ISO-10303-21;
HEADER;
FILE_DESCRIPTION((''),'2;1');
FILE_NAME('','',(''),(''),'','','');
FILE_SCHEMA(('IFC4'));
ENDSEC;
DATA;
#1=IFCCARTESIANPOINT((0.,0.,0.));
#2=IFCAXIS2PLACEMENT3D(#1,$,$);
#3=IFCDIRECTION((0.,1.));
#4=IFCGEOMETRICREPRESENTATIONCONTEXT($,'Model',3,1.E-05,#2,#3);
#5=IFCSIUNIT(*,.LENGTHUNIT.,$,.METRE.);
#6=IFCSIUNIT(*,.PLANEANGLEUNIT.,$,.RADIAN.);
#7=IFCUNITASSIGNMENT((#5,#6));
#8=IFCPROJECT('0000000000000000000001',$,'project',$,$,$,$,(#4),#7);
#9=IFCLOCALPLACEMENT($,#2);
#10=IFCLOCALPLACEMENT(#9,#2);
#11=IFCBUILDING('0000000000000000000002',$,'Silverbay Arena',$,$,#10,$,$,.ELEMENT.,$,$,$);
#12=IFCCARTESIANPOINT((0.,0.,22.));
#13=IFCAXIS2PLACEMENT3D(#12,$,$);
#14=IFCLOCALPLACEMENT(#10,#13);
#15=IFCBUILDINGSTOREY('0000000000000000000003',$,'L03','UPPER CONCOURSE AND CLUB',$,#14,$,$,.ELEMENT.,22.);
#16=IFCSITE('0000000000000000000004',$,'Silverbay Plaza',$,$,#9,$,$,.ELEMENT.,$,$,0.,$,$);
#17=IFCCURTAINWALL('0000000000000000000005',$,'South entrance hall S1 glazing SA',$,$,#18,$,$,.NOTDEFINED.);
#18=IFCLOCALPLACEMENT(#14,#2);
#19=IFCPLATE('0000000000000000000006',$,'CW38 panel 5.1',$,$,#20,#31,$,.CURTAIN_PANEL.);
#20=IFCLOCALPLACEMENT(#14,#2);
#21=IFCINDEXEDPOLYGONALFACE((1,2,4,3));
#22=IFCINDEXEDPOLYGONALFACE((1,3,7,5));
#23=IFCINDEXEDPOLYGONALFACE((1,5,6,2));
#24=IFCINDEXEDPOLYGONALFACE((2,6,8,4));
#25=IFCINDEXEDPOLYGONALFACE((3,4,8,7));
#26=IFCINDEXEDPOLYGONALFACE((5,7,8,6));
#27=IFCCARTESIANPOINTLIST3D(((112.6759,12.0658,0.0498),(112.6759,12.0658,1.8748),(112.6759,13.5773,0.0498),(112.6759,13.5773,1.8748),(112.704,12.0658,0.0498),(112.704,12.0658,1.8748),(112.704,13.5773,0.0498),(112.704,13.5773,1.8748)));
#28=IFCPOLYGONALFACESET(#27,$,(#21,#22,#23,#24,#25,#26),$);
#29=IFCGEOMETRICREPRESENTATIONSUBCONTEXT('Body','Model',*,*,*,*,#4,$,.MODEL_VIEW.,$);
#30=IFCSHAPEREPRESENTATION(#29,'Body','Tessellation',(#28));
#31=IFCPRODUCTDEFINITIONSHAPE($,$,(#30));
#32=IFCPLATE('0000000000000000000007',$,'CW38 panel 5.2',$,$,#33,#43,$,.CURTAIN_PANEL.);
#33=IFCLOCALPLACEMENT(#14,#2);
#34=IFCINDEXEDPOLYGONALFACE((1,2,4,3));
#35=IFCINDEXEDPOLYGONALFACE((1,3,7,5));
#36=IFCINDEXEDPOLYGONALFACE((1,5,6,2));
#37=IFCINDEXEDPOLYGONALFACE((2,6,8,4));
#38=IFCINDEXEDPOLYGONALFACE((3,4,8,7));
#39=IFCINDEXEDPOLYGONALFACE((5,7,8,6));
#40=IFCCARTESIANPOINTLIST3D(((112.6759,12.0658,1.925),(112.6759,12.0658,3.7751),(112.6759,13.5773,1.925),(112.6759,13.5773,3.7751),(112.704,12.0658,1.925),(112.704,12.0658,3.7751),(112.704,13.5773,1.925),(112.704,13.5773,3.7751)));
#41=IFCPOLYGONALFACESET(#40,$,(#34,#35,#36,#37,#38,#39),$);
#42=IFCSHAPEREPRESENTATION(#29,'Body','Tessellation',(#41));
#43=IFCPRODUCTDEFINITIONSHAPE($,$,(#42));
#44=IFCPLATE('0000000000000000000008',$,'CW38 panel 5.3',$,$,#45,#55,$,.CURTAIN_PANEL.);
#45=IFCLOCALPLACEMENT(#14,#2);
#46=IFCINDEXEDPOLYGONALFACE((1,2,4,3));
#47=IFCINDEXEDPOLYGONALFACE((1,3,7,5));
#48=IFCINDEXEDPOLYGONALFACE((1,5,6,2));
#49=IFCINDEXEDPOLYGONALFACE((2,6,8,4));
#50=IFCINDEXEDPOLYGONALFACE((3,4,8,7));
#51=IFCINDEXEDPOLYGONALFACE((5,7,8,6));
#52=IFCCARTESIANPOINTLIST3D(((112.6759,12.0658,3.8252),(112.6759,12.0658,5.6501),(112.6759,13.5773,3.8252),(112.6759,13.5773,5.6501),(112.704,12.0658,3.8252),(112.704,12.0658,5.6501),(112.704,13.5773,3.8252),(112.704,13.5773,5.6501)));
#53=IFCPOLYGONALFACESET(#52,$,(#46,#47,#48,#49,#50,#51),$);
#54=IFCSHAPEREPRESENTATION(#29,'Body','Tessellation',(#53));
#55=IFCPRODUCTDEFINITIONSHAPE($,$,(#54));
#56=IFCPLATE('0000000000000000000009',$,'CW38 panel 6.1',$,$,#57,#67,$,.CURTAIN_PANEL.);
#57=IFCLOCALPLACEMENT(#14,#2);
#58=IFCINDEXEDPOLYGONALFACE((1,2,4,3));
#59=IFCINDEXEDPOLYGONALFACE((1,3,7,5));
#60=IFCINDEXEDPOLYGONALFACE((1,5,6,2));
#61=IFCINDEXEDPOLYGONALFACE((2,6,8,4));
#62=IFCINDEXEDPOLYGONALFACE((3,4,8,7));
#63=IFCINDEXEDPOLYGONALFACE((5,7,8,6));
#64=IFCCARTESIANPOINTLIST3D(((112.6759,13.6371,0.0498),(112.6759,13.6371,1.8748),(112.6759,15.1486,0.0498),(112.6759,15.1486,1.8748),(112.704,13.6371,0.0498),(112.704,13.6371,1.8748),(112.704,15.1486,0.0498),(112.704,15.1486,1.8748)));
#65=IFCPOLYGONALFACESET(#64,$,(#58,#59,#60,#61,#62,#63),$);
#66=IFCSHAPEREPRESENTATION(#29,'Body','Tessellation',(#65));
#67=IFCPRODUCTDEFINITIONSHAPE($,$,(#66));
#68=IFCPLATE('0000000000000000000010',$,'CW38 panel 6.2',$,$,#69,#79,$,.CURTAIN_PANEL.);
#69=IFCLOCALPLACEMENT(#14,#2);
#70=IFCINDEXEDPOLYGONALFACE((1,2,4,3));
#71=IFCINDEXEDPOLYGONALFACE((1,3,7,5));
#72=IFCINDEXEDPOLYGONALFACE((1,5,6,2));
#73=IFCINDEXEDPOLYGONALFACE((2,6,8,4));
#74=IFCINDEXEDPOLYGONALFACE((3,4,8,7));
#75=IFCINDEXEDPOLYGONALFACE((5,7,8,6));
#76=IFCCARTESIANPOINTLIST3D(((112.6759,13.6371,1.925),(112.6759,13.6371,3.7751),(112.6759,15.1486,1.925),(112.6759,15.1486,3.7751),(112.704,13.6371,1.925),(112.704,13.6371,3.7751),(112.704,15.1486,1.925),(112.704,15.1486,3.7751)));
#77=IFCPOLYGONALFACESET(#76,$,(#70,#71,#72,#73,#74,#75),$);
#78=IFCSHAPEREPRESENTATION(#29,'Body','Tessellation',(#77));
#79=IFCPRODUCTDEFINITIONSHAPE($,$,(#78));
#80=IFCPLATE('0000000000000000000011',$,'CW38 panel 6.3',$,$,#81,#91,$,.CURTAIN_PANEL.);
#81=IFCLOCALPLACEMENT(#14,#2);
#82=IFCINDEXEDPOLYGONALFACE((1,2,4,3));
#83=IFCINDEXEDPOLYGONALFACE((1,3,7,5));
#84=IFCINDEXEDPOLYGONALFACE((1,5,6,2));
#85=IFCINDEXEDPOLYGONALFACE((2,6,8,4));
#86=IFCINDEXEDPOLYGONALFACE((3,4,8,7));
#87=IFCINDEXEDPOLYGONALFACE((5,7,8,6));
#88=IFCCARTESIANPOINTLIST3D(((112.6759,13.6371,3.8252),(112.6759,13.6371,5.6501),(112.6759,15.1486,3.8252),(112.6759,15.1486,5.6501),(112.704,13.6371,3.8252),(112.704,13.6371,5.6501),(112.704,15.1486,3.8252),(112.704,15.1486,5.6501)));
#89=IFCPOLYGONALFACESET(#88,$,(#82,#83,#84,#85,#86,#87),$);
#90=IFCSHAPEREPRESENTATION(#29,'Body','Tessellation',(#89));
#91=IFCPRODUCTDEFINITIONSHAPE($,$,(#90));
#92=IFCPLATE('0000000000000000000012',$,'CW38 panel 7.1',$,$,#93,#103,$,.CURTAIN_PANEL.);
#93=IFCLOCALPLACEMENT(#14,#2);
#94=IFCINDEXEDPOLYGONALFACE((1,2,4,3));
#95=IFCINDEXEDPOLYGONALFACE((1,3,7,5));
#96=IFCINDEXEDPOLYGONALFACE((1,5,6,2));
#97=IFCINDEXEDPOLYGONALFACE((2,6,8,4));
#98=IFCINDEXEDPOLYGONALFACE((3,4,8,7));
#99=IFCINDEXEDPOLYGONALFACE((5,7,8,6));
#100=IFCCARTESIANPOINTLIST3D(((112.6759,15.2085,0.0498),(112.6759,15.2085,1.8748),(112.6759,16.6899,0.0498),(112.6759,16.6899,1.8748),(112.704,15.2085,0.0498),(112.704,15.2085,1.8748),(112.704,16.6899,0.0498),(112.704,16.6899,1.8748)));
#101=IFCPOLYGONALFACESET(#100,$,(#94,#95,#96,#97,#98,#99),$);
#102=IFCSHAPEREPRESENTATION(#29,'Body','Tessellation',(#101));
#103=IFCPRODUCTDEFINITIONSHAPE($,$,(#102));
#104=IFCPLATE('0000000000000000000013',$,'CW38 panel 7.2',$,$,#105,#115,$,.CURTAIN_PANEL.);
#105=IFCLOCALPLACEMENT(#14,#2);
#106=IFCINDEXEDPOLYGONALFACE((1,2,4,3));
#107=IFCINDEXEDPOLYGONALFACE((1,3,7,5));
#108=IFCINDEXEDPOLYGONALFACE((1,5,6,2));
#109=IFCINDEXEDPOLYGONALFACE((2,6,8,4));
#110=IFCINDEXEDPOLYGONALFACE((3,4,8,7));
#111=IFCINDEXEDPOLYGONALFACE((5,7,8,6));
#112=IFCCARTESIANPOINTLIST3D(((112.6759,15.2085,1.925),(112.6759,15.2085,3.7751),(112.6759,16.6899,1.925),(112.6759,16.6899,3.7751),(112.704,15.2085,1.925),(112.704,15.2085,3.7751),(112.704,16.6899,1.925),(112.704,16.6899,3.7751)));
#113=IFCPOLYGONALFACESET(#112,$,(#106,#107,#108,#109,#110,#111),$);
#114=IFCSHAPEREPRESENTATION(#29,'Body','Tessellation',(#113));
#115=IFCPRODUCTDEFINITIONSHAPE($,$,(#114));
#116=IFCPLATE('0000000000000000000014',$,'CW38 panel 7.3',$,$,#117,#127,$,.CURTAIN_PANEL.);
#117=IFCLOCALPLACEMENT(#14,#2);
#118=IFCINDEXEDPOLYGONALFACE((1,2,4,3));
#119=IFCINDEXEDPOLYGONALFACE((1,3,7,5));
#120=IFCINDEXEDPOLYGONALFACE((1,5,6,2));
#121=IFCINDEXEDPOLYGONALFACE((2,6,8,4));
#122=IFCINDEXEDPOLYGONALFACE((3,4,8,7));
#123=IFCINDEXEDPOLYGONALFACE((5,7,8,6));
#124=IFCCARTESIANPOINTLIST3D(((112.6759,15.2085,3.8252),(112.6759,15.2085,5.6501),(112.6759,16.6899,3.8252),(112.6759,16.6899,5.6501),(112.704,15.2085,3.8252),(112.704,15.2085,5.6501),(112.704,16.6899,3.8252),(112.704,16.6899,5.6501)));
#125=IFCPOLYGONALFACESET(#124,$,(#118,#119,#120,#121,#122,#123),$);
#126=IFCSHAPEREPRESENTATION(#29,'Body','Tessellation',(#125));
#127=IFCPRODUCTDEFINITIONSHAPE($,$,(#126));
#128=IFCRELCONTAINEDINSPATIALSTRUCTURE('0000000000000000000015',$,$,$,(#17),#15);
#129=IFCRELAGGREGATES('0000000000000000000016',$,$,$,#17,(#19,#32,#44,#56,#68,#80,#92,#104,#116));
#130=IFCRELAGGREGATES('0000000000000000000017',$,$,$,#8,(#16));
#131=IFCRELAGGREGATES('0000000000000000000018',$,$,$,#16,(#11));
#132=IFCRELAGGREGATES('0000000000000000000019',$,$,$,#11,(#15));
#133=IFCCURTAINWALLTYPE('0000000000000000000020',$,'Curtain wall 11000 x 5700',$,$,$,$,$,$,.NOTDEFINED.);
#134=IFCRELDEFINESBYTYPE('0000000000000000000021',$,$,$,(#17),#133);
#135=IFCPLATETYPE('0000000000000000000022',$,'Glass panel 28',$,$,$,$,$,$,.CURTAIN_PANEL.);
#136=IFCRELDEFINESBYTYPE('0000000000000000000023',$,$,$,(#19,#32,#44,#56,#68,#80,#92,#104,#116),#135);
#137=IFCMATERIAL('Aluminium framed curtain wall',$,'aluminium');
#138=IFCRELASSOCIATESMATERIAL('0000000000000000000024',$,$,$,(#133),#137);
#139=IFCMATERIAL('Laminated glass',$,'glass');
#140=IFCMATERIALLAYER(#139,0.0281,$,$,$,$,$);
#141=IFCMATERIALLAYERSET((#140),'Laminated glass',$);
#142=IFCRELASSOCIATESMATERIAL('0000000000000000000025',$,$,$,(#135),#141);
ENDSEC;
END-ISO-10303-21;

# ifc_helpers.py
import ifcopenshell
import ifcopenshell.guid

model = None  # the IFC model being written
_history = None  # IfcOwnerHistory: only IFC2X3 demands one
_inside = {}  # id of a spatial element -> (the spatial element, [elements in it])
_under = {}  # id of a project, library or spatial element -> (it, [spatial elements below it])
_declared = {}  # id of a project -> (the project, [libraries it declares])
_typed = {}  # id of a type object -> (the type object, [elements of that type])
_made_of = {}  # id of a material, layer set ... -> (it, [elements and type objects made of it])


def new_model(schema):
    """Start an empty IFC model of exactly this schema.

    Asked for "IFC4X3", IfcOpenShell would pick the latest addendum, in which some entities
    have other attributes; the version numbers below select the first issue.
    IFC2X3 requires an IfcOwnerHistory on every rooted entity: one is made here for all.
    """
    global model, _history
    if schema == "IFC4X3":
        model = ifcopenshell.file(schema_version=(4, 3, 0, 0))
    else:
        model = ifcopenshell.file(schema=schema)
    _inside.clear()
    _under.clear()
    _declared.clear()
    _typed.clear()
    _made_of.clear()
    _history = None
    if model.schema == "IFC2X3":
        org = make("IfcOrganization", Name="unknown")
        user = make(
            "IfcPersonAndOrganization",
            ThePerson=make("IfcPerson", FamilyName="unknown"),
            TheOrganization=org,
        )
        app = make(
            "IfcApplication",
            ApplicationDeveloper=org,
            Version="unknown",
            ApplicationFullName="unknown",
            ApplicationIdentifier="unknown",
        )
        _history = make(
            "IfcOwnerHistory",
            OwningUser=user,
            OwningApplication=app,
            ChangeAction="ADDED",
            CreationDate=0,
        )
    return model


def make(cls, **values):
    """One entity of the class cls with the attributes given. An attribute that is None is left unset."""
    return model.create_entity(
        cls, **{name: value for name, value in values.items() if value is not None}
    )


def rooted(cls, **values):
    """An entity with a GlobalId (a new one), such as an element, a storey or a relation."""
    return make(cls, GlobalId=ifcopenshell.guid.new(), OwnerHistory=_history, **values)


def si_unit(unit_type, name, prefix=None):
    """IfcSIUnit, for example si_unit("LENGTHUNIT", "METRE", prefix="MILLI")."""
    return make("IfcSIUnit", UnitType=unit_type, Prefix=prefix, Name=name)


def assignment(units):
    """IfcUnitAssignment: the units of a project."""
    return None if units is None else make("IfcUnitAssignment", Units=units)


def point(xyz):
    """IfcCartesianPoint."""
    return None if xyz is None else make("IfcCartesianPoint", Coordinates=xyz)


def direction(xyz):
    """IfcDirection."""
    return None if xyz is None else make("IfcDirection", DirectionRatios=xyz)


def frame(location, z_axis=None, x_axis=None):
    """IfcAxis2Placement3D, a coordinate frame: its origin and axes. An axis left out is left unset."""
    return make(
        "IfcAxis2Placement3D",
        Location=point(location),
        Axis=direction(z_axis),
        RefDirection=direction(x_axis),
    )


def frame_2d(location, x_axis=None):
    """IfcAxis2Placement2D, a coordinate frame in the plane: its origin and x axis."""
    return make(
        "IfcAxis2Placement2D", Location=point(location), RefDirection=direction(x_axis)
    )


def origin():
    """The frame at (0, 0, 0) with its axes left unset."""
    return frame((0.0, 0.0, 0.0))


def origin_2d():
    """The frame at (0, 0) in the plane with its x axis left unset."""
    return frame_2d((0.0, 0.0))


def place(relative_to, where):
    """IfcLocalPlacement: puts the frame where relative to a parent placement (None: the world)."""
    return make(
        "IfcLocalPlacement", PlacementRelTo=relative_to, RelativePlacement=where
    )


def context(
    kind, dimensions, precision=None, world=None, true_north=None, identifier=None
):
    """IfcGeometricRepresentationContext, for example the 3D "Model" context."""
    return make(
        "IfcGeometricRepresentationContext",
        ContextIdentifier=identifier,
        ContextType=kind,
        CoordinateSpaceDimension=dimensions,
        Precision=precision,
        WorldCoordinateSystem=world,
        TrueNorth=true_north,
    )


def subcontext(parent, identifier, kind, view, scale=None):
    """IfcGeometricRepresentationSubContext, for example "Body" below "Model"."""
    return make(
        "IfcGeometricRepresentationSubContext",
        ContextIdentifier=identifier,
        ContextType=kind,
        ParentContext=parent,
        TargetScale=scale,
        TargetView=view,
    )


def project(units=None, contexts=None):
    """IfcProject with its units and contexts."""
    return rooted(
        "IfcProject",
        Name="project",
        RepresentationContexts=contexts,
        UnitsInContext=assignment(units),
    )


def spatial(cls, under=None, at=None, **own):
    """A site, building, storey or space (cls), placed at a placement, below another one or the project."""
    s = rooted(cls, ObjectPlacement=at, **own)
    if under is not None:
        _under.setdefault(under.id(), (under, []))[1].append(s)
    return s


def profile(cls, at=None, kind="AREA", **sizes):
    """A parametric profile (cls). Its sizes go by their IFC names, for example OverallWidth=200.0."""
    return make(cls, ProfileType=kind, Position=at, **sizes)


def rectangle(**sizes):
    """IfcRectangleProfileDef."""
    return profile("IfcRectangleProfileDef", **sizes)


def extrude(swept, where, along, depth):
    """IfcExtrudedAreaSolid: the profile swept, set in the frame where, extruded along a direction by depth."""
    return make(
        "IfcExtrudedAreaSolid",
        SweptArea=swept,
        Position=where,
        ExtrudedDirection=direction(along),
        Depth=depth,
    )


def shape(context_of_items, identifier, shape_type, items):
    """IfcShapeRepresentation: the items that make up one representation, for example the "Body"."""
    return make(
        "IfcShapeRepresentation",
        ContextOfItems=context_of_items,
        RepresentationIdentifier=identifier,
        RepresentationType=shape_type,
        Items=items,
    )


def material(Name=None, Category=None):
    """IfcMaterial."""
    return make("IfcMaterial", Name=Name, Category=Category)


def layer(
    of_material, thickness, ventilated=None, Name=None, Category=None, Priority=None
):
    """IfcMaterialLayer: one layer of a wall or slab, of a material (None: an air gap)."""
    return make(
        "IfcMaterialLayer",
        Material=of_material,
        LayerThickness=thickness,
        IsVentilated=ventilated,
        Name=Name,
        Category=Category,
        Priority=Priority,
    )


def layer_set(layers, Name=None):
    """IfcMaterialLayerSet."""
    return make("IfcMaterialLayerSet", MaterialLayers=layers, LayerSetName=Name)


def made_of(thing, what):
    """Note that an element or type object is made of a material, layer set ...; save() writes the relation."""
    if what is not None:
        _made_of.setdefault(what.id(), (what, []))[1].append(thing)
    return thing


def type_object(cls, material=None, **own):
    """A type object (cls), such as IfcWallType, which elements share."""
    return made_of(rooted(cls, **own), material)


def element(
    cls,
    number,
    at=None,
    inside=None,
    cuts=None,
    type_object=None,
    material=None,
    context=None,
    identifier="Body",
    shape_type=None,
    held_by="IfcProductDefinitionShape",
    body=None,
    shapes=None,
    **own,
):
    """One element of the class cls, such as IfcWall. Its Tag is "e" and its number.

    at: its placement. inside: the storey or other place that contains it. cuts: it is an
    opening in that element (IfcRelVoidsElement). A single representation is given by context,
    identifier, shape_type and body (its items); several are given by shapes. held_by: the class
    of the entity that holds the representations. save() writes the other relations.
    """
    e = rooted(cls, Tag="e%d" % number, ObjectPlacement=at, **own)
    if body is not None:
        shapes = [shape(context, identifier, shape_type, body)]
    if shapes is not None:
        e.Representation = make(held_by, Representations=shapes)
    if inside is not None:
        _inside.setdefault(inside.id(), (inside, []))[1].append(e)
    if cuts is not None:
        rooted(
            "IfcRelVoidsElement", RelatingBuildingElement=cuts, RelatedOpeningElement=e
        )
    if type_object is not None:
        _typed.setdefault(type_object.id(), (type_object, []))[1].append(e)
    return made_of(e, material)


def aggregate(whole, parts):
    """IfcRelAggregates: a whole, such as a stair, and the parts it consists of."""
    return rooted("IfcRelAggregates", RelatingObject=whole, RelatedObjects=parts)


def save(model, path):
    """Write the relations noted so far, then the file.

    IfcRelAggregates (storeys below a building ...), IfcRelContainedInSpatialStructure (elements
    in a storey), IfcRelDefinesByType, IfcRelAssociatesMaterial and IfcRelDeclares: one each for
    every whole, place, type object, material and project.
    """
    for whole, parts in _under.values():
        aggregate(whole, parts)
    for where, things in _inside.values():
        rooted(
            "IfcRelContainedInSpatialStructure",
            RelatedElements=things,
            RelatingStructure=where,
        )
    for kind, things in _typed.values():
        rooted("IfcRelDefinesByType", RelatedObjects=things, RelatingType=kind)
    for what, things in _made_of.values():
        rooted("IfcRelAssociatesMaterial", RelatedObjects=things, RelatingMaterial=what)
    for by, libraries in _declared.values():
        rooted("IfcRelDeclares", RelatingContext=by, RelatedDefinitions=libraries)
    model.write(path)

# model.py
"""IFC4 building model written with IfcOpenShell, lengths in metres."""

from ifc_helpers import new_model, si_unit, direction, frame, origin, origin_2d, place, context, subcontext, project, spatial, rectangle, extrude, material, layer, layer_set, type_object, element, aggregate, save


model = new_model("IFC4")

# Units and contexts
model_context = context("Model", 3, precision=1e-05, world=origin(), true_north=direction((0.0, 1.0)))
body_context = subcontext(model_context, "Body", "Model", "MODEL_VIEW")
ifc_project = project(units=[si_unit("LENGTHUNIT", "METRE"), si_unit("PLANEANGLEUNIT", "RADIAN")], contexts=[model_context])

# Site, building, storey
site_placement = place(None, origin())
site = spatial("IfcSite", under=ifc_project, at=site_placement, Name="Silverbay Plaza", CompositionType="ELEMENT", RefElevation=0.0)
building_placement = place(site_placement, origin())
building = spatial("IfcBuilding", under=site, at=building_placement, Name="Silverbay Arena", CompositionType="ELEMENT")
storey_placement = place(building_placement, frame((0.0, 0.0, 22.0)))
storey = spatial("IfcBuildingStorey", under=building, at=storey_placement, Name="L03", Description="UPPER CONCOURSE AND CLUB", CompositionType="ELEMENT", Elevation=22.0)

# Curtain wall
ifc_material_1 = material(Name="Aluminium framed curtain wall", Category="aluminium")
curtain_wall_type_1 = type_object("IfcCurtainWallType", Name="Curtain wall 11000 x 5700", PredefinedType="NOTDEFINED", material=ifc_material_1)
curtain_wall_1_placement = place(storey_placement, origin())
curtain_wall_1 = element("IfcCurtainWall", 1, at=curtain_wall_1_placement, inside=storey, type_object=curtain_wall_type_1, Name="South entrance hall S1 glazing SA", PredefinedType="NOTDEFINED")

# Plates
ifc_material_2 = material(Name="Laminated glass", Category="glass")
ifc_layer = layer(ifc_material_2, 0.0281)
ifc_layer_set = layer_set([ifc_layer], Name="Laminated glass")
plate_type = type_object("IfcPlateType", Name="Glass panel 28", PredefinedType="CURTAIN_PANEL", material=ifc_layer_set)
plate_1_placement = place(storey_placement, frame((112.6899, 12.8215, 0.0498), z_axis=(0.0, 0.0, 1.0), x_axis=(0.0, 1.0, 0.0)))
plate_1 = element("IfcPlate", 2, at=plate_1_placement, type_object=plate_type, Name="CW38 panel 5.1", PredefinedType="CURTAIN_PANEL", context=body_context, shape_type="SweptSolid", body=[
    extrude(rectangle(XDim=1.5115, YDim=0.0281, at=origin_2d()), origin(), (0.0, 0.0, 1.0), 1.825),
])
plate_2_placement = place(storey_placement, frame((112.6899, 12.8215, 1.925), z_axis=(0.0, 0.0, 1.0), x_axis=(0.0, 1.0, 0.0)))
plate_2 = element("IfcPlate", 3, at=plate_2_placement, type_object=plate_type, Name="CW38 panel 5.2", PredefinedType="CURTAIN_PANEL", context=body_context, shape_type="SweptSolid", body=[
    extrude(rectangle(XDim=1.5115, YDim=0.0281, at=origin_2d()), origin(), (0.0, 0.0, 1.0), 1.8501),
])
plate_3_placement = place(storey_placement, frame((112.6899, 12.8215, 3.8252), z_axis=(0.0, 0.0, 1.0), x_axis=(0.0, 1.0, 0.0)))
plate_3 = element("IfcPlate", 4, at=plate_3_placement, type_object=plate_type, Name="CW38 panel 5.3", PredefinedType="CURTAIN_PANEL", context=body_context, shape_type="SweptSolid", body=[
    extrude(rectangle(XDim=1.5115, YDim=0.0281, at=origin_2d()), origin(), (0.0, 0.0, 1.0), 1.825),
])
plate_4_placement = place(storey_placement, frame((112.6899, 14.3928, 0.0498), z_axis=(0.0, 0.0, 1.0), x_axis=(0.0, 1.0, 0.0)))
plate_4 = element("IfcPlate", 5, at=plate_4_placement, type_object=plate_type, Name="CW38 panel 6.1", PredefinedType="CURTAIN_PANEL", context=body_context, shape_type="SweptSolid", body=[
    extrude(rectangle(XDim=1.5115, YDim=0.0281, at=origin_2d()), origin(), (0.0, 0.0, 1.0), 1.825),
])
plate_5_placement = place(storey_placement, frame((112.6899, 14.3928, 1.925), z_axis=(0.0, 0.0, 1.0), x_axis=(0.0, 1.0, 0.0)))
plate_5 = element("IfcPlate", 6, at=plate_5_placement, type_object=plate_type, Name="CW38 panel 6.2", PredefinedType="CURTAIN_PANEL", context=body_context, shape_type="SweptSolid", body=[
    extrude(rectangle(XDim=1.5115, YDim=0.0281, at=origin_2d()), origin(), (0.0, 0.0, 1.0), 1.8501),
])
plate_6_placement = place(storey_placement, frame((112.6899, 14.3928, 3.8252), z_axis=(0.0, 0.0, 1.0), x_axis=(0.0, 1.0, 0.0)))
plate_6 = element("IfcPlate", 7, at=plate_6_placement, type_object=plate_type, Name="CW38 panel 6.3", PredefinedType="CURTAIN_PANEL", context=body_context, shape_type="SweptSolid", body=[
    extrude(rectangle(XDim=1.5115, YDim=0.0281, at=origin_2d()), origin(), (0.0, 0.0, 1.0), 1.825),
])
plate_7_placement = place(storey_placement, frame((112.6899, 15.9492, 0.0498), z_axis=(0.0, 0.0, 1.0), x_axis=(0.0, 1.0, 0.0)))
plate_7 = element("IfcPlate", 8, at=plate_7_placement, type_object=plate_type, Name="CW38 panel 7.1", PredefinedType="CURTAIN_PANEL", context=body_context, shape_type="SweptSolid", body=[
    extrude(rectangle(XDim=1.4814, YDim=0.0281, at=origin_2d()), origin(), (0.0, 0.0, 1.0), 1.825),
])
plate_8_placement = place(storey_placement, frame((112.6899, 15.9492, 1.925), z_axis=(0.0, 0.0, 1.0), x_axis=(0.0, 1.0, 0.0)))
plate_8 = element("IfcPlate", 9, at=plate_8_placement, type_object=plate_type, Name="CW38 panel 7.2", PredefinedType="CURTAIN_PANEL", context=body_context, shape_type="SweptSolid", body=[
    extrude(rectangle(XDim=1.4814, YDim=0.0281, at=origin_2d()), origin(), (0.0, 0.0, 1.0), 1.8501),
])
plate_9_placement = place(storey_placement, frame((112.6899, 15.9492, 3.8252), z_axis=(0.0, 0.0, 1.0), x_axis=(0.0, 1.0, 0.0)))
plate_9 = element("IfcPlate", 10, at=plate_9_placement, type_object=plate_type, Name="CW38 panel 7.3", PredefinedType="CURTAIN_PANEL", context=body_context, shape_type="SweptSolid", body=[
    extrude(rectangle(XDim=1.4814, YDim=0.0281, at=origin_2d()), origin(), (0.0, 0.0, 1.0), 1.825),
])
aggregate(curtain_wall_1, [plate_1, plate_2, plate_3, plate_4, plate_5, plate_6, plate_7, plate_8, plate_9])

save(model, "model.ifc")
